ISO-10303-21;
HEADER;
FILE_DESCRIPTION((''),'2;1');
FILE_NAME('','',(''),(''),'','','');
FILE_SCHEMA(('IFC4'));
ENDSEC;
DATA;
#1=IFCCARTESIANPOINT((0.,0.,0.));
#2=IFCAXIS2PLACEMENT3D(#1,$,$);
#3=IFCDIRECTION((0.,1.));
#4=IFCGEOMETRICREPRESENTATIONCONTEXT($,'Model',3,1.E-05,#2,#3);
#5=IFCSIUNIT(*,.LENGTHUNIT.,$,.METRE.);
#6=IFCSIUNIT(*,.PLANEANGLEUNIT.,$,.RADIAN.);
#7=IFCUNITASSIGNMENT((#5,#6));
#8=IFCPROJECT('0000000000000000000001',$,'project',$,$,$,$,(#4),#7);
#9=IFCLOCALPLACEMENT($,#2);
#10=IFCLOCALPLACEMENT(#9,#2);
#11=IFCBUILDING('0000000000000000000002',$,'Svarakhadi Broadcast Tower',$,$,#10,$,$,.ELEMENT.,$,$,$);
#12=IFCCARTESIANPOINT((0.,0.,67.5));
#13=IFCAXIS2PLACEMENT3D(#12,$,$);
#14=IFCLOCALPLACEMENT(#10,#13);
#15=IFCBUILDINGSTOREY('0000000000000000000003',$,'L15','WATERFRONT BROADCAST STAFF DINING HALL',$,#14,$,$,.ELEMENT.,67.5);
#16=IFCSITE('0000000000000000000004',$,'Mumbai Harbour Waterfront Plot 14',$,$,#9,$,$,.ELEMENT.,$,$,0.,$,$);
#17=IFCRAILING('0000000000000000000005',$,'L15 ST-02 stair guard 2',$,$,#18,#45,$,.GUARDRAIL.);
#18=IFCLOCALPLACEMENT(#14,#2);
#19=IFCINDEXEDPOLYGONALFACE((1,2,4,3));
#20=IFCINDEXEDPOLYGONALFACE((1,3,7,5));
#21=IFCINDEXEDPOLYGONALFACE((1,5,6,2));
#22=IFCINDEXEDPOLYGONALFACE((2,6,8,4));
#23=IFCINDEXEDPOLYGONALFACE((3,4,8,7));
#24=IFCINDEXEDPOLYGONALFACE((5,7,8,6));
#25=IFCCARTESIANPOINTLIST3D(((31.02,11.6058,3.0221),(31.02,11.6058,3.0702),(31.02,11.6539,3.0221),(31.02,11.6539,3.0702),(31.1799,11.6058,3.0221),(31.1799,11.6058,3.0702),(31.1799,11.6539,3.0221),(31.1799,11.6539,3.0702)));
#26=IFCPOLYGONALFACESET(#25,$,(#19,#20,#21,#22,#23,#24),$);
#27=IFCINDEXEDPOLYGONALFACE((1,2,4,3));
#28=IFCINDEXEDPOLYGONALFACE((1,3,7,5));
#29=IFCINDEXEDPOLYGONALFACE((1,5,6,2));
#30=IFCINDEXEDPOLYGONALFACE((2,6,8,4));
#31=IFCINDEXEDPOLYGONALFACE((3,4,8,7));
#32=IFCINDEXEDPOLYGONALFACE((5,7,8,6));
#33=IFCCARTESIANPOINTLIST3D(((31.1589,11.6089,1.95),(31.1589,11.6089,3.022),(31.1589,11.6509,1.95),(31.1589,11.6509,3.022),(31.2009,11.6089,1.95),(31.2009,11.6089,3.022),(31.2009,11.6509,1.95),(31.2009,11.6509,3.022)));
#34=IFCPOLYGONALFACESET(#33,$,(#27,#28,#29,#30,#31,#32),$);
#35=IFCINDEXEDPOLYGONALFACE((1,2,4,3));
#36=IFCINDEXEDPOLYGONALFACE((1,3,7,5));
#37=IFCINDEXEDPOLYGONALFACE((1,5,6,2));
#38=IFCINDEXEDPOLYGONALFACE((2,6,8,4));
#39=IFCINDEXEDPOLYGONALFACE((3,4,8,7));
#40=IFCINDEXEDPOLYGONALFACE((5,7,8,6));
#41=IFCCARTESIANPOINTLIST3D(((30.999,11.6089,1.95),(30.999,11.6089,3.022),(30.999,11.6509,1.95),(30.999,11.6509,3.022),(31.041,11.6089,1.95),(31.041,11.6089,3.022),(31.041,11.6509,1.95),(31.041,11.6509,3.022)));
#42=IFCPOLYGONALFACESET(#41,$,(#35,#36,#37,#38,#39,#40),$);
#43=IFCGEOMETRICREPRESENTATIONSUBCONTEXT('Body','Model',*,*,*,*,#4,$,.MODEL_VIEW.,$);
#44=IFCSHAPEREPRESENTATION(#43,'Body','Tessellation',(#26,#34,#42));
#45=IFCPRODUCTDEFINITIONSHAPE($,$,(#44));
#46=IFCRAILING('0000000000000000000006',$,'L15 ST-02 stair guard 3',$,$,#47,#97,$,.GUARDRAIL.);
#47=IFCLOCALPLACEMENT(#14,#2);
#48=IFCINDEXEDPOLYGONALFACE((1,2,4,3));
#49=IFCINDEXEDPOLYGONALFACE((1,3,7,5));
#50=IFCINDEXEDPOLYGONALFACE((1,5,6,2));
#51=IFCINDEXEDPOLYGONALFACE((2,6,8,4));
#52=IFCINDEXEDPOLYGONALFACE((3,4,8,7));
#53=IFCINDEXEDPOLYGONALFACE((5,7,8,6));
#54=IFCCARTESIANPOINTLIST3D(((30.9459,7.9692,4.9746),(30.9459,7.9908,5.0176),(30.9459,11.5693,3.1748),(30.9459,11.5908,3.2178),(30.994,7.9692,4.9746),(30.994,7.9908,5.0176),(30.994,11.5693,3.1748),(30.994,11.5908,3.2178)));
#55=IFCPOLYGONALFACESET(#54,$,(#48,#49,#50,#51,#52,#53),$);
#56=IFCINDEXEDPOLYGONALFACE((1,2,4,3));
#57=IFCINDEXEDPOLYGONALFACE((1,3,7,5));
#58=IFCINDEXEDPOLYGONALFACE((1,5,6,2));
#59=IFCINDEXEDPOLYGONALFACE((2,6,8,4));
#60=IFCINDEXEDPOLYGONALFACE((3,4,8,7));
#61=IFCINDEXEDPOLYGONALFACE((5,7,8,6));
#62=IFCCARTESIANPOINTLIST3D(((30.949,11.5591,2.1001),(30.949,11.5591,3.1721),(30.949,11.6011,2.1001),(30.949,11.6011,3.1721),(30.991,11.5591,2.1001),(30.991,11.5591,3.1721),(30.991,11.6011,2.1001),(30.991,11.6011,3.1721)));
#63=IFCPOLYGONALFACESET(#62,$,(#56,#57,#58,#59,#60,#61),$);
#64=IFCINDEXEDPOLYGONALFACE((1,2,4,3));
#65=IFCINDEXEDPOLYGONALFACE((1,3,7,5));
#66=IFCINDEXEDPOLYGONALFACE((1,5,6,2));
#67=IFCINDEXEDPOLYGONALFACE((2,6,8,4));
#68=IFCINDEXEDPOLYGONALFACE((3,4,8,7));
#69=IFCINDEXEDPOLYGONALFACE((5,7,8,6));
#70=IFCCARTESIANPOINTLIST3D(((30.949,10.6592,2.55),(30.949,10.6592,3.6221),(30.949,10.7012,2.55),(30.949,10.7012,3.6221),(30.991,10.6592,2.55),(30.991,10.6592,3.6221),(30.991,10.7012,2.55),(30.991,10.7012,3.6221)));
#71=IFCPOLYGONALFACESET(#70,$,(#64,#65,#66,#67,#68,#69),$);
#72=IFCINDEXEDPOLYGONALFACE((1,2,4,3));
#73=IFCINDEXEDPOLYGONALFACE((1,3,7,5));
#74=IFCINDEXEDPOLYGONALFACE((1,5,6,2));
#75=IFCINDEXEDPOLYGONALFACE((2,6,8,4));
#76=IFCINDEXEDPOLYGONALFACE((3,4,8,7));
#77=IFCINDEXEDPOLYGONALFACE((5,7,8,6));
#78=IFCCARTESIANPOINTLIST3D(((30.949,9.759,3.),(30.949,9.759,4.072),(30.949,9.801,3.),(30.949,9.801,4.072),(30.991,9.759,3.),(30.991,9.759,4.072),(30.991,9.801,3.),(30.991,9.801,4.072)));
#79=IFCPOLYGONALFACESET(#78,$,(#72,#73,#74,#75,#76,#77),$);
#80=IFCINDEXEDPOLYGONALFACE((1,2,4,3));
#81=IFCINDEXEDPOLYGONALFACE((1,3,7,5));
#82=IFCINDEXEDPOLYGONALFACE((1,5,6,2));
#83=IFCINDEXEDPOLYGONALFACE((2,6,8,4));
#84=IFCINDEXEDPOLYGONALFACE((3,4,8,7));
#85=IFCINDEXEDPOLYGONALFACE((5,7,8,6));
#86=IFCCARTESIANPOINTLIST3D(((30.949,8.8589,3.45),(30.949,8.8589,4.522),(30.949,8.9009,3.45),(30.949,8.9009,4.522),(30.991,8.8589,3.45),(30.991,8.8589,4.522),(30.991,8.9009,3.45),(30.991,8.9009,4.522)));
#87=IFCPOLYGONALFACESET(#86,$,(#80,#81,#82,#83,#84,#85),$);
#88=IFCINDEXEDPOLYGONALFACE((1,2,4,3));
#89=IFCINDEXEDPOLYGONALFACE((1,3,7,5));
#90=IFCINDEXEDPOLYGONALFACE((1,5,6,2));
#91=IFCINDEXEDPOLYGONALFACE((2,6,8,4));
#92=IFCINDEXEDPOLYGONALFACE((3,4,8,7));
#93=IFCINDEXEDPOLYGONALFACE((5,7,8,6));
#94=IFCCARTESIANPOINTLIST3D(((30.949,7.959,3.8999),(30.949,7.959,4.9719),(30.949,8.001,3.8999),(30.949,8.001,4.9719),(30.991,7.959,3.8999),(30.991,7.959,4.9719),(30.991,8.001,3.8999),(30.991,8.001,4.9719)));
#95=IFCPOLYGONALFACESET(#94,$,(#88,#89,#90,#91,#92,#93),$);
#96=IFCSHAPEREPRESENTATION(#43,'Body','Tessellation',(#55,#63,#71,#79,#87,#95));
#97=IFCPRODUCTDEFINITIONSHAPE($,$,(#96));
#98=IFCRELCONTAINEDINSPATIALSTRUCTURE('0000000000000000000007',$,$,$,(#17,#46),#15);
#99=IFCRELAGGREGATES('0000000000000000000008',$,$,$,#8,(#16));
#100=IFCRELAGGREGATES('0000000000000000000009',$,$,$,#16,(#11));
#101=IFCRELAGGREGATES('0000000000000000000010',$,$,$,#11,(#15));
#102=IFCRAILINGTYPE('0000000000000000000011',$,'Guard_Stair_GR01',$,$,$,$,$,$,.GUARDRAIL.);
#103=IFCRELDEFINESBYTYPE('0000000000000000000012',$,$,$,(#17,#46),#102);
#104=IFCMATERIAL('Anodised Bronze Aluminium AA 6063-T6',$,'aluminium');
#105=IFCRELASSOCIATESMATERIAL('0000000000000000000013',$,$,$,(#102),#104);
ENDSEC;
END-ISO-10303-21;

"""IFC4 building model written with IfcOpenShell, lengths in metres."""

from ifc_helpers import new_model, si_unit, direction, frame, origin, origin_2d, place, context, subcontext, project, spatial, rectangle, extrude, material, type_object, element, save


model = new_model("IFC4")

# Units and contexts
model_context = context("Model", 3, precision=1e-05, world=origin(), true_north=direction((0.0, 1.0)))
body_context = subcontext(model_context, "Body", "Model", "MODEL_VIEW")
ifc_project = project(units=[si_unit("LENGTHUNIT", "METRE"), si_unit("PLANEANGLEUNIT", "RADIAN")], contexts=[model_context])

# Site, building, storey
site_placement = place(None, origin())
site = spatial("IfcSite", under=ifc_project, at=site_placement, Name="Mumbai Harbour Waterfront Plot 14", CompositionType="ELEMENT", RefElevation=0.0)
building_placement = place(site_placement, origin())
building = spatial("IfcBuilding", under=site, at=building_placement, Name="Svarakhadi Broadcast Tower", CompositionType="ELEMENT")
storey_placement = place(building_placement, frame((0.0, 0.0, 67.5)))
storey = spatial("IfcBuildingStorey", under=building, at=storey_placement, Name="L15", Description="WATERFRONT BROADCAST STAFF DINING HALL", CompositionType="ELEMENT", Elevation=67.5)

# Shared definitions
ifc_material_1 = material(Name="Anodised Bronze Aluminium AA 6063-T6", Category="aluminium")

# Railings
railing_type = type_object("IfcRailingType", Name="Guard_Stair_GR01", PredefinedType="GUARDRAIL", material=ifc_material_1)
railing_1_placement = place(storey_placement, frame((31.1799, 11.6299, 1.95)))
element("IfcRailing", 1, at=railing_1_placement, inside=storey, type_object=railing_type, Name="L15 ST-02 stair guard 2", PredefinedType="GUARDRAIL", context=body_context, shape_type="SweptSolid", body=[
    extrude(rectangle(XDim=0.0481, YDim=0.0481, at=origin_2d()), frame((0.0, 0.0, 1.0962), z_axis=(-1.0, 0.0, 0.0), x_axis=(0.0, -1.0, 0.0)), (0.0, 0.0, 1.0), 0.1599),
    extrude(rectangle(XDim=0.042, YDim=0.042, at=origin_2d()), origin(), (0.0, 0.0, 1.0), 1.072),
    extrude(rectangle(XDim=0.042, YDim=0.042, at=origin_2d()), frame((-0.1599, 0.0, 0.0)), (0.0, 0.0, 1.0), 1.072),
])
railing_2_placement = place(storey_placement, frame((30.97, 11.5801, 2.1001)))
element("IfcRailing", 2, at=railing_2_placement, inside=storey, type_object=railing_type, Name="L15 ST-02 stair guard 3", PredefinedType="GUARDRAIL", context=body_context, shape_type="SweptSolid", body=[
    extrude(rectangle(XDim=0.0481, YDim=0.0481, at=origin_2d()), frame((0.0, 0.0, 1.0962), z_axis=(0.0, -0.894451, 0.447165), x_axis=(1.0, 0.0, 0.0)), (0.0, 0.0, 1.0), 4.0249),
    extrude(rectangle(XDim=0.042, YDim=0.042, at=origin_2d()), origin(), (0.0, 0.0, 1.0), 1.072),
    extrude(rectangle(XDim=0.042, YDim=0.042, at=origin_2d()), frame((0.0, -0.8999, 0.45)), (0.0, 0.0, 1.0), 1.072),
    extrude(rectangle(XDim=0.042, YDim=0.042, at=origin_2d()), frame((0.0, -1.8, 0.8999)), (0.0, 0.0, 1.0), 1.072),
    extrude(rectangle(XDim=0.042, YDim=0.042, at=origin_2d()), frame((0.0, -2.7002, 1.3499)), (0.0, 0.0, 1.0), 1.072),
    extrude(rectangle(XDim=0.042, YDim=0.042, at=origin_2d()), frame((0.0, -3.6001, 1.7998)), (0.0, 0.0, 1.0), 1.072),
])

save(model, "model.ifc")
